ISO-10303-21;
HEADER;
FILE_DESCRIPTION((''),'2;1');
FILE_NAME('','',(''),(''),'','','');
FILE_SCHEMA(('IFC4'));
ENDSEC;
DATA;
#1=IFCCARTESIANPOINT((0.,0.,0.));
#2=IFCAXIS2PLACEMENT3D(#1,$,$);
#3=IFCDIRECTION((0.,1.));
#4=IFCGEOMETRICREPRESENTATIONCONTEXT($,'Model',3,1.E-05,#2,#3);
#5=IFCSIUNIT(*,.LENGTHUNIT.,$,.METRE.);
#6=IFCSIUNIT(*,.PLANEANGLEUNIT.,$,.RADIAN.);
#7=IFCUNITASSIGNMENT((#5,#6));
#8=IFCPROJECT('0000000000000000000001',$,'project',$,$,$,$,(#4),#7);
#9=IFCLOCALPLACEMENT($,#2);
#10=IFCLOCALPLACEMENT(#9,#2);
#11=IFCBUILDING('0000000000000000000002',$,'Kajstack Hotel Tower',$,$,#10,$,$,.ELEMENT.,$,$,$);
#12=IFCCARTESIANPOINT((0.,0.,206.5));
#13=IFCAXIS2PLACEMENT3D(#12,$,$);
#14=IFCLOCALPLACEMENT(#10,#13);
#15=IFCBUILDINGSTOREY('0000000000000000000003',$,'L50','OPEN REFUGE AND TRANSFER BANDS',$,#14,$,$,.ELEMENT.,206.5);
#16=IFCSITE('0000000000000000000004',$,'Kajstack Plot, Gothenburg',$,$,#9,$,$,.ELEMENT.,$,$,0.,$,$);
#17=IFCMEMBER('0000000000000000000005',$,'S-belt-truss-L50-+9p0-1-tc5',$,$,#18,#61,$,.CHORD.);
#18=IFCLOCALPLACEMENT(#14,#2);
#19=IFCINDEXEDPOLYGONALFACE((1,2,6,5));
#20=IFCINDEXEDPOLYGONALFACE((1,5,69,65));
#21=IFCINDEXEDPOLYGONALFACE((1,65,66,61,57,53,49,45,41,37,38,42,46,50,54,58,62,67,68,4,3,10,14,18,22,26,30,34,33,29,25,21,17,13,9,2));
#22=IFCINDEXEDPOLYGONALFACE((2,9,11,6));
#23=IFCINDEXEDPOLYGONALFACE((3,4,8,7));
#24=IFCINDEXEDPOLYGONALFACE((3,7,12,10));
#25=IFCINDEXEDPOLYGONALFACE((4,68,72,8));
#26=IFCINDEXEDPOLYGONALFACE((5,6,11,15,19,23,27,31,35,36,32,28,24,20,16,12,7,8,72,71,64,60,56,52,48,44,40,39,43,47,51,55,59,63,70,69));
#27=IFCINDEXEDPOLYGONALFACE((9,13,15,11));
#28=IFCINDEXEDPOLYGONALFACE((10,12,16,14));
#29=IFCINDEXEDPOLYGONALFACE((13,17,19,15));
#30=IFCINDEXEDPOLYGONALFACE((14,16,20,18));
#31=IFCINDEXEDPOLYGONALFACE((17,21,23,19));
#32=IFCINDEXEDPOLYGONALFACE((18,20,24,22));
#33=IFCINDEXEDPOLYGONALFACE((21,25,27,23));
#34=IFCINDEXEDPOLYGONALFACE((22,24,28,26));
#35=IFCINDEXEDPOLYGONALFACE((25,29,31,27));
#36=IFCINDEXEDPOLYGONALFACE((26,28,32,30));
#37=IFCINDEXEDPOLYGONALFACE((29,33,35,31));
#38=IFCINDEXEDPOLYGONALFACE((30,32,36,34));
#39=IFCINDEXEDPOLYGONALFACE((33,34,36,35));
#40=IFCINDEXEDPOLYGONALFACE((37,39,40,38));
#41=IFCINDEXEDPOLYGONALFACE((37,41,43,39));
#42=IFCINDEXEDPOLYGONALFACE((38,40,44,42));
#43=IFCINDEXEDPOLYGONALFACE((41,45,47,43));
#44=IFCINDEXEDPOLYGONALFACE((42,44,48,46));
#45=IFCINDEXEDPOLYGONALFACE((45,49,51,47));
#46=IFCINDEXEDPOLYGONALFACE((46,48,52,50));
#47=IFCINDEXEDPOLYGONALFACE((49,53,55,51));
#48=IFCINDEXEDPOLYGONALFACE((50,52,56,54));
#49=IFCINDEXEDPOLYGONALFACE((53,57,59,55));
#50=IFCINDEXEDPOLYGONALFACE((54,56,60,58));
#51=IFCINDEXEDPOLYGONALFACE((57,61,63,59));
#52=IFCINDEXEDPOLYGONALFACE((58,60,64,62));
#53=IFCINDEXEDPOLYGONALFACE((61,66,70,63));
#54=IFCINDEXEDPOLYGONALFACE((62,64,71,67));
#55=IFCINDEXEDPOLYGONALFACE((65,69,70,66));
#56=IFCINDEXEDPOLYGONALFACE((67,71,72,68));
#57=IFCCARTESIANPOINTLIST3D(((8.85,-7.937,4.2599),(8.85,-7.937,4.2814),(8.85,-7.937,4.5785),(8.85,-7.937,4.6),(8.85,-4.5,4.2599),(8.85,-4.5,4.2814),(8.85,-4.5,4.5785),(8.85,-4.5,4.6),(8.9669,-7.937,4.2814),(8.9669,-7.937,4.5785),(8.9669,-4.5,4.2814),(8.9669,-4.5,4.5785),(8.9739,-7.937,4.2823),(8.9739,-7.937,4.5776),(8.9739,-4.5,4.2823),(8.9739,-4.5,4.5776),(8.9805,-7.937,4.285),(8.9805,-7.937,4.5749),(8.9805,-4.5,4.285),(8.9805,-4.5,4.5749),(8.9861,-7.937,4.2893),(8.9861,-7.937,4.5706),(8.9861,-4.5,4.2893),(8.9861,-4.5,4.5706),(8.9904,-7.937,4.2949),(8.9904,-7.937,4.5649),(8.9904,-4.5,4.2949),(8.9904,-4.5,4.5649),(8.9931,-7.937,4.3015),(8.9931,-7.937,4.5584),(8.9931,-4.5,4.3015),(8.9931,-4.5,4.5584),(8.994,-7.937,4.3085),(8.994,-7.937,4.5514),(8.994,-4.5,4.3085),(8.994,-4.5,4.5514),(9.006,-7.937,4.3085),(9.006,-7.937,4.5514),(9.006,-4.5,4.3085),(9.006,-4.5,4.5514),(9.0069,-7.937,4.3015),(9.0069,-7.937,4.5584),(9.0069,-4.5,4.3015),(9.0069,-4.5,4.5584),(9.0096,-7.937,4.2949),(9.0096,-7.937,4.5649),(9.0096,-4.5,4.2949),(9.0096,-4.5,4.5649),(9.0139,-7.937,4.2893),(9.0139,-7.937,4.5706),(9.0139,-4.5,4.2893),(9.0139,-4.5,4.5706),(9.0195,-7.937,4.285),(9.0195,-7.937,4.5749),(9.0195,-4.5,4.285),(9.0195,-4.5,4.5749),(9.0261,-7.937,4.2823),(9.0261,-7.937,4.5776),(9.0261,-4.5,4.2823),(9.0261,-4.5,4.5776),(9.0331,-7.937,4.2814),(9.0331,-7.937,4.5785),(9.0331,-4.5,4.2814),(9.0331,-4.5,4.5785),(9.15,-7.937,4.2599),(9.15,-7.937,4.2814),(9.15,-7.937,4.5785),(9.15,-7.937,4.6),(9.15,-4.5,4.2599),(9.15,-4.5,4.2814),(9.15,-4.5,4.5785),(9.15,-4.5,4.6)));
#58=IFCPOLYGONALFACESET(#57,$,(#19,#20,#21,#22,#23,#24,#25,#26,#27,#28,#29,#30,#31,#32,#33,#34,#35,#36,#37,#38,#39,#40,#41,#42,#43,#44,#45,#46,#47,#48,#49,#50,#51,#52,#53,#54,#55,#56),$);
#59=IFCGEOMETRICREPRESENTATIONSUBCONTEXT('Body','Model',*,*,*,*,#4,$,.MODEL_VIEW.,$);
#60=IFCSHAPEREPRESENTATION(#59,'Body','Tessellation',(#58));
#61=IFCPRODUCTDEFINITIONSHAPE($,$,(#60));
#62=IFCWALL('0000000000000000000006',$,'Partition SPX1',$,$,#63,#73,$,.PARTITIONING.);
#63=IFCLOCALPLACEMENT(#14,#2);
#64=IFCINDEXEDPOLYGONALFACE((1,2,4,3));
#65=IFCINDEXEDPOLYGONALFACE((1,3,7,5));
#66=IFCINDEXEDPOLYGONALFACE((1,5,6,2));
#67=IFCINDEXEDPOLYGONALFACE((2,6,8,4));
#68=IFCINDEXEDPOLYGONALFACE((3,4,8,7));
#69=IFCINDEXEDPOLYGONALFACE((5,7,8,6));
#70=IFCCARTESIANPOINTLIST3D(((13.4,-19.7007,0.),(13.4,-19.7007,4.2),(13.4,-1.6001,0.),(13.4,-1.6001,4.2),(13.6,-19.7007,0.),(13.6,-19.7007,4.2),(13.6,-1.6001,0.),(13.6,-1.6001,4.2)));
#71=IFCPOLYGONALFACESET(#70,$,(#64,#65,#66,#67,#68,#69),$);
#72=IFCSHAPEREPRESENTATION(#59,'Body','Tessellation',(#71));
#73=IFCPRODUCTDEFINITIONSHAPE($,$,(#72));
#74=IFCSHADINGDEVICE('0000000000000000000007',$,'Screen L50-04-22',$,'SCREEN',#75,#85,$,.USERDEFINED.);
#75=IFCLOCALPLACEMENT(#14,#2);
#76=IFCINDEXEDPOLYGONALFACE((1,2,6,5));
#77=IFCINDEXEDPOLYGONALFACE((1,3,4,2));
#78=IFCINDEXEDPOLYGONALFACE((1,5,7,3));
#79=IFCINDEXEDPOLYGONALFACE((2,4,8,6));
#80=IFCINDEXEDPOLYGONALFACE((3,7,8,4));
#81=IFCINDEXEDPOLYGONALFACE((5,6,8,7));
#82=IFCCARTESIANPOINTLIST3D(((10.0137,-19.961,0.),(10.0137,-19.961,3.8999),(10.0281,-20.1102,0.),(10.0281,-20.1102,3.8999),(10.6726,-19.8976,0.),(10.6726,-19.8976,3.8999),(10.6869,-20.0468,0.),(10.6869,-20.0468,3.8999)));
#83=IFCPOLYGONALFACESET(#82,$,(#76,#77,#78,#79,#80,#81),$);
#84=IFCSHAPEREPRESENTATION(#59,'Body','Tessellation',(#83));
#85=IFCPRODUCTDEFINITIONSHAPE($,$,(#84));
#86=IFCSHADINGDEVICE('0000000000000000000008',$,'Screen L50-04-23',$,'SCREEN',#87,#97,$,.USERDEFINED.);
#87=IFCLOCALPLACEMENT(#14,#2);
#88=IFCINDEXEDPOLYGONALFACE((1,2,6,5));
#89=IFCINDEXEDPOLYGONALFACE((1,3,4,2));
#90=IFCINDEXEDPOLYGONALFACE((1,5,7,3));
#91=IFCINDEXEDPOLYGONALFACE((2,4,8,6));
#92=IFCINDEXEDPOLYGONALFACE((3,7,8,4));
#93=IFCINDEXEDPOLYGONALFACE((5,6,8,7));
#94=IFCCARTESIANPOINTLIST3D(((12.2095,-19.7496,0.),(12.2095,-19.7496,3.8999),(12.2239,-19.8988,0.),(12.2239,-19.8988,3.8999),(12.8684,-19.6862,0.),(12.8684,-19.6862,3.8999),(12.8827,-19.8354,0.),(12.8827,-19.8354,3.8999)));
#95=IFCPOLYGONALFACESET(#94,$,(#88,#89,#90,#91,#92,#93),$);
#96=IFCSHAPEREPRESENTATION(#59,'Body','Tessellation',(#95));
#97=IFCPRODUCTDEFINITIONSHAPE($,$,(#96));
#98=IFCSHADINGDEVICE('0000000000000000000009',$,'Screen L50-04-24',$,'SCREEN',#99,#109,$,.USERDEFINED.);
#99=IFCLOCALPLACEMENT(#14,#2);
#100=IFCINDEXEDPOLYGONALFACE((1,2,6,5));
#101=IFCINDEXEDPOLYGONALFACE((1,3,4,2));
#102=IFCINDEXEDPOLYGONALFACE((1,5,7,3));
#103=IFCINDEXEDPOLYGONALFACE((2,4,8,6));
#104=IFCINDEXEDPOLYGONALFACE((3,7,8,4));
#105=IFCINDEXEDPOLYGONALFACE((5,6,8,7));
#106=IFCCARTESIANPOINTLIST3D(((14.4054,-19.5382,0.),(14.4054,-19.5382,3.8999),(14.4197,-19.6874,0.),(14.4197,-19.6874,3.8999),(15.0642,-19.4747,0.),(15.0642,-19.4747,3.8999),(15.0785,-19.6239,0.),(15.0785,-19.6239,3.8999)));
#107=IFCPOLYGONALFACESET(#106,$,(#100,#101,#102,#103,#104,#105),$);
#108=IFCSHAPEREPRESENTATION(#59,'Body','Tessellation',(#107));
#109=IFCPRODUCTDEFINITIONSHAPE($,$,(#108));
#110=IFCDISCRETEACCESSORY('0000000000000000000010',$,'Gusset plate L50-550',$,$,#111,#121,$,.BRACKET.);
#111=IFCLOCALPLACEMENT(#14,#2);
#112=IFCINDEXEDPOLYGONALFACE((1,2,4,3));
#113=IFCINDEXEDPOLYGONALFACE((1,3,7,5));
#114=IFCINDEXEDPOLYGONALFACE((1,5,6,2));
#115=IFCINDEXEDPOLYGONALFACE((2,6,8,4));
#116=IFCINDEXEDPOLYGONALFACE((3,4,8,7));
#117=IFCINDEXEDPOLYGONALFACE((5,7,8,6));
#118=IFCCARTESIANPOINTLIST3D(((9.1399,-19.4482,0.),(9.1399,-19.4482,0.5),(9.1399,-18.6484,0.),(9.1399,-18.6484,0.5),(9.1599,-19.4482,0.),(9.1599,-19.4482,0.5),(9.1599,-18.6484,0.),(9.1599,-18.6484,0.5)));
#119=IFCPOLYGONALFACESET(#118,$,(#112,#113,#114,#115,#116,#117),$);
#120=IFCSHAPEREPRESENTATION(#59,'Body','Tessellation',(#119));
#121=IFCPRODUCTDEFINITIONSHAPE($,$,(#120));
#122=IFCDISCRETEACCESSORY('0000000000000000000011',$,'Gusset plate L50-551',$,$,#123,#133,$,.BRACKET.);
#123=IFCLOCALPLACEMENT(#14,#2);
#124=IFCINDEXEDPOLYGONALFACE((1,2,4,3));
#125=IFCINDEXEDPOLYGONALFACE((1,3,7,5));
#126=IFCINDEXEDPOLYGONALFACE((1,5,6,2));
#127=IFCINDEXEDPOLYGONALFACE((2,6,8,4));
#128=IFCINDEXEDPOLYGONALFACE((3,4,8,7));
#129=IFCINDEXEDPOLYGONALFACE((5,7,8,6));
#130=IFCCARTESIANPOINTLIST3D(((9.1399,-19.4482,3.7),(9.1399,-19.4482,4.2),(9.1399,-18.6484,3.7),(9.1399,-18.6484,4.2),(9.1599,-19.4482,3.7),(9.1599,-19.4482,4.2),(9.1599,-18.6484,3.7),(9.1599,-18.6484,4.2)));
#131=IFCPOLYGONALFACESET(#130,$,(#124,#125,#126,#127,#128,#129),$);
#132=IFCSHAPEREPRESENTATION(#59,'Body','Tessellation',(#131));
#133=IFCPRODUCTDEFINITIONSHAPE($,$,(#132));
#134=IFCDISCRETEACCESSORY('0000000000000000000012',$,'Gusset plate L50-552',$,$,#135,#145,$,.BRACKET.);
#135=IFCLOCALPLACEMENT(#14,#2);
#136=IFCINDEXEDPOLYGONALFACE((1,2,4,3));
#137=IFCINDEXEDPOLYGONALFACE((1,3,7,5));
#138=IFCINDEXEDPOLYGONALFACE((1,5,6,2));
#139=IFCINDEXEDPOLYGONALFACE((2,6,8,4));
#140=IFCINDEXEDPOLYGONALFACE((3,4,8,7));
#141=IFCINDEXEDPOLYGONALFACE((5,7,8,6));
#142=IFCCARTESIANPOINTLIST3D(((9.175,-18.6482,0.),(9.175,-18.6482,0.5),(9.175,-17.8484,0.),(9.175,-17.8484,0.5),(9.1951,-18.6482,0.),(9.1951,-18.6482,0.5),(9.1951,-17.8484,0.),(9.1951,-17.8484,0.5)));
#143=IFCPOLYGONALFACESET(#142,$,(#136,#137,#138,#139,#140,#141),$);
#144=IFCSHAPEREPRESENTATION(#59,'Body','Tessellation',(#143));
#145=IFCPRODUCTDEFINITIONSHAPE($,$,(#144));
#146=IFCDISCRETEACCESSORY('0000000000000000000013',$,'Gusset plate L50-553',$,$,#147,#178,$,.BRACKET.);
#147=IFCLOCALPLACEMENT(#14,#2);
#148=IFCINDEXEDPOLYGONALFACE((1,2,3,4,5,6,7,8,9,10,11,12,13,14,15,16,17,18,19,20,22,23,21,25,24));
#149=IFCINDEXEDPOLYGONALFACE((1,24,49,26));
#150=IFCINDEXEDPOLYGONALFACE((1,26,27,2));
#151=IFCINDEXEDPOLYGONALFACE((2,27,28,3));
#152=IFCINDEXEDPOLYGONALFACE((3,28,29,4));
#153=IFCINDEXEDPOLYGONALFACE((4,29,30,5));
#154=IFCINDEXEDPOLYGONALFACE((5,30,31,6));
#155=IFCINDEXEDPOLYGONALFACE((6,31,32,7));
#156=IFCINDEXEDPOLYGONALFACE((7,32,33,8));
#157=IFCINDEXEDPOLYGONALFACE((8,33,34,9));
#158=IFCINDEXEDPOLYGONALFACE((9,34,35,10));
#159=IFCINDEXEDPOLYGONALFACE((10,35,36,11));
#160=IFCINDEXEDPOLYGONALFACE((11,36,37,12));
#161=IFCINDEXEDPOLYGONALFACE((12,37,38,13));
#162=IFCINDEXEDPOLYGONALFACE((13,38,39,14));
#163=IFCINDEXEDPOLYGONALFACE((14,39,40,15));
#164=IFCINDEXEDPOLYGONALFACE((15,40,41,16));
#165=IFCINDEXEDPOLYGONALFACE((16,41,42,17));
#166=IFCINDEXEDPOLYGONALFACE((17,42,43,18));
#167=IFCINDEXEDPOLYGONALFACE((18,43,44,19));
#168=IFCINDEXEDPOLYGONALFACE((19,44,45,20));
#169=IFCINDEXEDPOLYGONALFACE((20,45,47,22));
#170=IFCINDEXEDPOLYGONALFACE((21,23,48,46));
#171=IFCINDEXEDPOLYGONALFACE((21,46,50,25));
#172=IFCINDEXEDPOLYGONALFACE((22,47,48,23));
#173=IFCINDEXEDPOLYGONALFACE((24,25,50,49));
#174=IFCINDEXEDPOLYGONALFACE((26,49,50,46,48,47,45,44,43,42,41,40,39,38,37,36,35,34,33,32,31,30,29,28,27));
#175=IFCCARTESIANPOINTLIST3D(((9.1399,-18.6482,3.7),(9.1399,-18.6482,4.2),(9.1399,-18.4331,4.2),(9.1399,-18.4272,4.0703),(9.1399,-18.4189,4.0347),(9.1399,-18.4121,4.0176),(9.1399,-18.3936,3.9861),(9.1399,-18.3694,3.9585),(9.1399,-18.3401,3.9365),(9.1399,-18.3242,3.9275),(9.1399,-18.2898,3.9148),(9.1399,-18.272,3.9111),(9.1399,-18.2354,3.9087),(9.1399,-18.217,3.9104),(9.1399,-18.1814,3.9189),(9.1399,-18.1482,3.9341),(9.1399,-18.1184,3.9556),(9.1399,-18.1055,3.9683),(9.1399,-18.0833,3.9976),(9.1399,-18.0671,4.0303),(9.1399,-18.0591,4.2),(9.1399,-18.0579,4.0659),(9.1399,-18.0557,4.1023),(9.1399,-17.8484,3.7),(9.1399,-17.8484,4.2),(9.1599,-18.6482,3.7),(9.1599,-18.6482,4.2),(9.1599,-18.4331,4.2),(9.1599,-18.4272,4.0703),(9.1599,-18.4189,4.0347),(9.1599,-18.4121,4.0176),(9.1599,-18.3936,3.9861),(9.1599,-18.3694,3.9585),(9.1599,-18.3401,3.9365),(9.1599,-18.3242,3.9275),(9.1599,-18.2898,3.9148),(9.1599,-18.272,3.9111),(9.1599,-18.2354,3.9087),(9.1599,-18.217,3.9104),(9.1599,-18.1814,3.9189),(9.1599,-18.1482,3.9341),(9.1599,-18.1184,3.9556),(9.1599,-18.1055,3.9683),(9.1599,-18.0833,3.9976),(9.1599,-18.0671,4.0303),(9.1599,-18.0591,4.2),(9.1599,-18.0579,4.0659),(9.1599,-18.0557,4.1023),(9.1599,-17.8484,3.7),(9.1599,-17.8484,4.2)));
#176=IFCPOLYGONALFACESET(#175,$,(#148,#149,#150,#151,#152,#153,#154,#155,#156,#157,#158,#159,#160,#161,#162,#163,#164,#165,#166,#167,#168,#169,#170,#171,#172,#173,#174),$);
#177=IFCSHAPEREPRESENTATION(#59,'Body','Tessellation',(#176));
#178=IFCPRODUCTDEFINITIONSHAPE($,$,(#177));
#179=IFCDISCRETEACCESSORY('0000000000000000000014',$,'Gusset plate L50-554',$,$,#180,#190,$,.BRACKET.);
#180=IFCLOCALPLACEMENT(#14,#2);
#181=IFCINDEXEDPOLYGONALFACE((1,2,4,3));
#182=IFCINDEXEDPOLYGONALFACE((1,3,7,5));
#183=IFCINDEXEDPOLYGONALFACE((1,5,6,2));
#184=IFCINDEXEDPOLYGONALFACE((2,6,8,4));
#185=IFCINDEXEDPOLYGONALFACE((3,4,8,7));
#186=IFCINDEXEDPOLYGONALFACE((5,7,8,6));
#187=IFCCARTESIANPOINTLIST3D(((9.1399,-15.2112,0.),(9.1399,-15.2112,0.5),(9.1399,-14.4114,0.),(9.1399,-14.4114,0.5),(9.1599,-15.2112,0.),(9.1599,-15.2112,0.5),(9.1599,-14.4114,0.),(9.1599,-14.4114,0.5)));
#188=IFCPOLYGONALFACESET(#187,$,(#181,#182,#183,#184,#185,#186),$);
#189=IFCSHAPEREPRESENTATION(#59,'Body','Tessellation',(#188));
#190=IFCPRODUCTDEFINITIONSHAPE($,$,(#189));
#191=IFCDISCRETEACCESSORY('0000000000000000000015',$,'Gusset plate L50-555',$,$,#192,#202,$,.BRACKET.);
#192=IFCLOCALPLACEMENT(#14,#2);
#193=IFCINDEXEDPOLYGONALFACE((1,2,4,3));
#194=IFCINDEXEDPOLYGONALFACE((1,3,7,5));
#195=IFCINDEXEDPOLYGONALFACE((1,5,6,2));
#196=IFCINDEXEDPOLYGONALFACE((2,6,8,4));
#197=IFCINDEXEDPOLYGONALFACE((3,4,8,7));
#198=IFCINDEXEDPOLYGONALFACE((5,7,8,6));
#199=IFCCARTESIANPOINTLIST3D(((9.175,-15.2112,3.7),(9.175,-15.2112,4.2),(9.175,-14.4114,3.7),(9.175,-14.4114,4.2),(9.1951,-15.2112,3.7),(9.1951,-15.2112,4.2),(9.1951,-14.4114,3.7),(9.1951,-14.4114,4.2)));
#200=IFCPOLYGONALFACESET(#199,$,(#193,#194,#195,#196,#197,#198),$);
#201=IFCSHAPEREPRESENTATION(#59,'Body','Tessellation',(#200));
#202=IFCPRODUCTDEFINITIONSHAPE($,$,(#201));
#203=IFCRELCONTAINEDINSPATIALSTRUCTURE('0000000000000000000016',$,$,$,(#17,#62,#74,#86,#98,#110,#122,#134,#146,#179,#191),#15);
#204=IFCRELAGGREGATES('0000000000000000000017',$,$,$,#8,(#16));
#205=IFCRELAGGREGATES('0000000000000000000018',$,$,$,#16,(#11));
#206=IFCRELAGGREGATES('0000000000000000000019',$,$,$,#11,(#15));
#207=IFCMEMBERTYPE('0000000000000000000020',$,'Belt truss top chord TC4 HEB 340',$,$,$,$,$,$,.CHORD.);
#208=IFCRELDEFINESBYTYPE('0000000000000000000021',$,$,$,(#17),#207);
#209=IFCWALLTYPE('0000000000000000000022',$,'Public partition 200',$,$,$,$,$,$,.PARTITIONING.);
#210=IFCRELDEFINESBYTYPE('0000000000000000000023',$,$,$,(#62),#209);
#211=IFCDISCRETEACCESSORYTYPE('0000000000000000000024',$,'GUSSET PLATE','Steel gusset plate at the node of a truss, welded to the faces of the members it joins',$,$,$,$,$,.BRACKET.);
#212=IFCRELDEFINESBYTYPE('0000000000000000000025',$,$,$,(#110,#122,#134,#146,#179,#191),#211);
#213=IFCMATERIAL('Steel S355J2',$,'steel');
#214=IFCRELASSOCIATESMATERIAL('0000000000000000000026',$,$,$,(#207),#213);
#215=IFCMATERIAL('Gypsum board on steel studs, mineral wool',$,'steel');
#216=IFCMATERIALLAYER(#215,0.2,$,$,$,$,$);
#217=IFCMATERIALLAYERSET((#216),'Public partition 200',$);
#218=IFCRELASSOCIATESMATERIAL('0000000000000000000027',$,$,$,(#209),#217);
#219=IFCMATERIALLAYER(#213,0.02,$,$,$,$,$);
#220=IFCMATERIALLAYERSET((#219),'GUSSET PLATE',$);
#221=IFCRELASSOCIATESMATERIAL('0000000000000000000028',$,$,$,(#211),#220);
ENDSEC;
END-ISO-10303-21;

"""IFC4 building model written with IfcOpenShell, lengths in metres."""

from ifc_helpers import new_model, si_unit, direction, frame, frame_2d, origin, origin_2d, place, context, subcontext, project, spatial, polyline, rectangle, i_section, outline, extrude, material, layer, layer_set, material_profile, profile_set, type_object, element, save


model = new_model("IFC4")

# Units and contexts
model_context = context("Model", 3, precision=1e-05, world=origin(), true_north=direction((0.0, 1.0)))
body_context = subcontext(model_context, "Body", "Model", "MODEL_VIEW")
ifc_project = project(units=[si_unit("LENGTHUNIT", "METRE"), si_unit("PLANEANGLEUNIT", "RADIAN")], contexts=[model_context])

# Site, building, storey
site_placement = place(None, origin())
site = spatial("IfcSite", under=ifc_project, at=site_placement, Name="Kajstack Plot, Gothenburg", CompositionType="ELEMENT", RefElevation=0.0)
building_placement = place(site_placement, origin())
building = spatial("IfcBuilding", under=site, at=building_placement, Name="Kajstack Hotel Tower", CompositionType="ELEMENT")
storey_placement = place(building_placement, frame((0.0, 0.0, 206.5)))
storey = spatial("IfcBuildingStorey", under=building, at=storey_placement, Name="L50", Description="OPEN REFUGE AND TRANSFER BANDS", CompositionType="ELEMENT", Elevation=206.5)

# Member
ifc_material_1 = material(Name="Steel S355J2", Category="steel")
ifc_material_profile_1 = material_profile(ifc_material_1, i_section(OverallWidth=0.3, OverallDepth=0.3401, WebThickness=0.012, FlangeThickness=0.0215, FilletRadius=0.0271, at=origin_2d()), Name="HEB 340")
ifc_profile_set_1 = profile_set([ifc_material_profile_1], Name="Steel S355J2")
member_type_1 = type_object("IfcMemberType", Name="Belt truss top chord TC4 HEB 340", PredefinedType="CHORD", material=ifc_profile_set_1)
member_1_placement = place(storey_placement, frame((9.0, -7.937, 4.4299), z_axis=(0.0, 1.0, 0.0), x_axis=(-1.0, 0.0, 0.0)))
element("IfcMember", 1, at=member_1_placement, inside=storey, type_object=member_type_1, Name="S-belt-truss-L50-+9p0-1-tc5", PredefinedType="CHORD", context=body_context, shape_type="SweptSolid", body=[
    extrude(i_section(OverallWidth=0.3, OverallDepth=0.3401, WebThickness=0.012, FlangeThickness=0.0215, FilletRadius=0.0271, at=origin_2d()), origin(), (0.0, 0.0, 1.0), 3.437),
])

# Wall
ifc_material_2 = material(Name="Gypsum board on steel studs, mineral wool", Category="steel")
ifc_layer_1 = layer(ifc_material_2, 0.2)
ifc_layer_set_1 = layer_set([ifc_layer_1], Name="Public partition 200")
wall_type = type_object("IfcWallType", Name="Public partition 200", PredefinedType="PARTITIONING", material=ifc_layer_set_1)
wall_placement = place(storey_placement, frame((13.5, -19.7007, 0.0), z_axis=(0.0, 0.0, 1.0), x_axis=(0.0, 1.0, 0.0)))
element("IfcWall", 2, at=wall_placement, inside=storey, type_object=wall_type, Name="Partition SPX1", PredefinedType="PARTITIONING", context=body_context, shape_type="SweptSolid", body=[
    extrude(rectangle(XDim=18.1006, YDim=0.2, at=frame_2d((9.0503, 0.0))), origin(), (0.0, 0.0, 1.0), 4.2),
])

# Shading devices
for number, where, z_axis, x_axis, name in (
    (3, (10.3503, -20.0039, 0.0), (0.0, 0.0, 1.0), (0.995396, 0.095845, 0.0), "Screen L50-04-22"),
    (4, (12.5461, -19.7925, 0.0), (0.0, 0.0, 1.0), (0.995396, 0.095845, 0.0), "Screen L50-04-23"),
    (5, (14.7419, -19.5811, 0.0), (0.0, 0.0, 1.0), (0.995396, 0.095845, 0.0), "Screen L50-04-24"),
):
    element("IfcShadingDevice", number, at=place(storey_placement, frame(where, z_axis=z_axis, x_axis=x_axis)), inside=storey, Name=name, ObjectType="SCREEN", PredefinedType="USERDEFINED", context=body_context, shape_type="SweptSolid", body=[
        extrude(rectangle(XDim=0.6619, YDim=0.1499, at=origin_2d()), origin(), (0.0, 0.0, 1.0), 3.8999),
    ])

# Discrete accessories
ifc_layer_2 = layer(ifc_material_1, 0.02)
ifc_layer_set_2 = layer_set([ifc_layer_2], Name="GUSSET PLATE")
discrete_accessory_type = type_object("IfcDiscreteAccessoryType", Name="GUSSET PLATE", Description="Steel gusset plate at the node of a truss, welded to the faces of the members it joins", PredefinedType="BRACKET", material=ifc_layer_set_2)
for number, where, z_axis, x_axis, name in (
    (6, (9.1399, -19.0483, 0.0), (1.0, 0.0, 0.0), (0.0, 1.0, 0.0), "Gusset plate L50-550"),
    (7, (9.1399, -19.0483, 3.7), (1.0, 0.0, 0.0), (0.0, 1.0, 0.0), "Gusset plate L50-551"),
    (8, (9.175, -18.2483, 0.0), (1.0, 0.0, 0.0), (0.0, 1.0, 0.0), "Gusset plate L50-552"),
):
    element("IfcDiscreteAccessory", number, at=place(storey_placement, frame(where, z_axis=z_axis, x_axis=x_axis)), inside=storey, type_object=discrete_accessory_type, Name=name, PredefinedType="BRACKET", context=body_context, shape_type="SweptSolid", body=[
        extrude(outline(polyline([(-0.3999, 0.0), (0.3999, 0.0), (0.3999, 0.5), (-0.3999, 0.5), (-0.3999, 0.0)])), origin(), (0.0, 0.0, 1.0), 0.02),
    ])
discrete_accessory_placement = place(storey_placement, frame((9.1399, -18.2483, 3.7), z_axis=(1.0, 0.0, 0.0), x_axis=(0.0, 1.0, 0.0)))
element("IfcDiscreteAccessory", 9, at=discrete_accessory_placement, inside=storey, type_object=discrete_accessory_type, Name="Gusset plate L50-553", PredefinedType="BRACKET", context=body_context, shape_type="SweptSolid", body=[
    extrude(outline(polyline([(0.3999, 0.5), (0.1892, 0.5), (0.1926, 0.4023), (0.1904, 0.366), (0.1812, 0.3303), (0.165, 0.2976), (0.1428, 0.2683), (0.1299, 0.2556), (0.1001, 0.2341), (0.0669, 0.219), (0.0312, 0.2104), (0.0129, 0.2087), (-0.0237, 0.2112), (-0.0415, 0.2148), (-0.0759, 0.2275), (-0.0918, 0.2366), (-0.1211, 0.2585), (-0.1453, 0.2861), (-0.1638, 0.3176), (-0.1707, 0.3347), (-0.179, 0.3704), (-0.1848, 0.5), (-0.3999, 0.5), (-0.3999, 0.0), (0.3999, 0.0), (0.3999, 0.5)])), origin(), (0.0, 0.0, 1.0), 0.02),
])
for number, where, z_axis, x_axis, name in (
    (10, (9.1399, -14.8113, 0.0), (1.0, 0.0, 0.0), (0.0, 1.0, 0.0), "Gusset plate L50-554"),
    (11, (9.175, -14.8113, 3.7), (1.0, 0.0, 0.0), (0.0, 1.0, 0.0), "Gusset plate L50-555"),
):
    element("IfcDiscreteAccessory", number, at=place(storey_placement, frame(where, z_axis=z_axis, x_axis=x_axis)), inside=storey, type_object=discrete_accessory_type, Name=name, PredefinedType="BRACKET", context=body_context, shape_type="SweptSolid", body=[
        extrude(outline(polyline([(-0.3999, 0.0), (0.3999, 0.0), (0.3999, 0.5), (-0.3999, 0.5), (-0.3999, 0.0)])), origin(), (0.0, 0.0, 1.0), 0.02),
    ])

save(model, "model.ifc")
